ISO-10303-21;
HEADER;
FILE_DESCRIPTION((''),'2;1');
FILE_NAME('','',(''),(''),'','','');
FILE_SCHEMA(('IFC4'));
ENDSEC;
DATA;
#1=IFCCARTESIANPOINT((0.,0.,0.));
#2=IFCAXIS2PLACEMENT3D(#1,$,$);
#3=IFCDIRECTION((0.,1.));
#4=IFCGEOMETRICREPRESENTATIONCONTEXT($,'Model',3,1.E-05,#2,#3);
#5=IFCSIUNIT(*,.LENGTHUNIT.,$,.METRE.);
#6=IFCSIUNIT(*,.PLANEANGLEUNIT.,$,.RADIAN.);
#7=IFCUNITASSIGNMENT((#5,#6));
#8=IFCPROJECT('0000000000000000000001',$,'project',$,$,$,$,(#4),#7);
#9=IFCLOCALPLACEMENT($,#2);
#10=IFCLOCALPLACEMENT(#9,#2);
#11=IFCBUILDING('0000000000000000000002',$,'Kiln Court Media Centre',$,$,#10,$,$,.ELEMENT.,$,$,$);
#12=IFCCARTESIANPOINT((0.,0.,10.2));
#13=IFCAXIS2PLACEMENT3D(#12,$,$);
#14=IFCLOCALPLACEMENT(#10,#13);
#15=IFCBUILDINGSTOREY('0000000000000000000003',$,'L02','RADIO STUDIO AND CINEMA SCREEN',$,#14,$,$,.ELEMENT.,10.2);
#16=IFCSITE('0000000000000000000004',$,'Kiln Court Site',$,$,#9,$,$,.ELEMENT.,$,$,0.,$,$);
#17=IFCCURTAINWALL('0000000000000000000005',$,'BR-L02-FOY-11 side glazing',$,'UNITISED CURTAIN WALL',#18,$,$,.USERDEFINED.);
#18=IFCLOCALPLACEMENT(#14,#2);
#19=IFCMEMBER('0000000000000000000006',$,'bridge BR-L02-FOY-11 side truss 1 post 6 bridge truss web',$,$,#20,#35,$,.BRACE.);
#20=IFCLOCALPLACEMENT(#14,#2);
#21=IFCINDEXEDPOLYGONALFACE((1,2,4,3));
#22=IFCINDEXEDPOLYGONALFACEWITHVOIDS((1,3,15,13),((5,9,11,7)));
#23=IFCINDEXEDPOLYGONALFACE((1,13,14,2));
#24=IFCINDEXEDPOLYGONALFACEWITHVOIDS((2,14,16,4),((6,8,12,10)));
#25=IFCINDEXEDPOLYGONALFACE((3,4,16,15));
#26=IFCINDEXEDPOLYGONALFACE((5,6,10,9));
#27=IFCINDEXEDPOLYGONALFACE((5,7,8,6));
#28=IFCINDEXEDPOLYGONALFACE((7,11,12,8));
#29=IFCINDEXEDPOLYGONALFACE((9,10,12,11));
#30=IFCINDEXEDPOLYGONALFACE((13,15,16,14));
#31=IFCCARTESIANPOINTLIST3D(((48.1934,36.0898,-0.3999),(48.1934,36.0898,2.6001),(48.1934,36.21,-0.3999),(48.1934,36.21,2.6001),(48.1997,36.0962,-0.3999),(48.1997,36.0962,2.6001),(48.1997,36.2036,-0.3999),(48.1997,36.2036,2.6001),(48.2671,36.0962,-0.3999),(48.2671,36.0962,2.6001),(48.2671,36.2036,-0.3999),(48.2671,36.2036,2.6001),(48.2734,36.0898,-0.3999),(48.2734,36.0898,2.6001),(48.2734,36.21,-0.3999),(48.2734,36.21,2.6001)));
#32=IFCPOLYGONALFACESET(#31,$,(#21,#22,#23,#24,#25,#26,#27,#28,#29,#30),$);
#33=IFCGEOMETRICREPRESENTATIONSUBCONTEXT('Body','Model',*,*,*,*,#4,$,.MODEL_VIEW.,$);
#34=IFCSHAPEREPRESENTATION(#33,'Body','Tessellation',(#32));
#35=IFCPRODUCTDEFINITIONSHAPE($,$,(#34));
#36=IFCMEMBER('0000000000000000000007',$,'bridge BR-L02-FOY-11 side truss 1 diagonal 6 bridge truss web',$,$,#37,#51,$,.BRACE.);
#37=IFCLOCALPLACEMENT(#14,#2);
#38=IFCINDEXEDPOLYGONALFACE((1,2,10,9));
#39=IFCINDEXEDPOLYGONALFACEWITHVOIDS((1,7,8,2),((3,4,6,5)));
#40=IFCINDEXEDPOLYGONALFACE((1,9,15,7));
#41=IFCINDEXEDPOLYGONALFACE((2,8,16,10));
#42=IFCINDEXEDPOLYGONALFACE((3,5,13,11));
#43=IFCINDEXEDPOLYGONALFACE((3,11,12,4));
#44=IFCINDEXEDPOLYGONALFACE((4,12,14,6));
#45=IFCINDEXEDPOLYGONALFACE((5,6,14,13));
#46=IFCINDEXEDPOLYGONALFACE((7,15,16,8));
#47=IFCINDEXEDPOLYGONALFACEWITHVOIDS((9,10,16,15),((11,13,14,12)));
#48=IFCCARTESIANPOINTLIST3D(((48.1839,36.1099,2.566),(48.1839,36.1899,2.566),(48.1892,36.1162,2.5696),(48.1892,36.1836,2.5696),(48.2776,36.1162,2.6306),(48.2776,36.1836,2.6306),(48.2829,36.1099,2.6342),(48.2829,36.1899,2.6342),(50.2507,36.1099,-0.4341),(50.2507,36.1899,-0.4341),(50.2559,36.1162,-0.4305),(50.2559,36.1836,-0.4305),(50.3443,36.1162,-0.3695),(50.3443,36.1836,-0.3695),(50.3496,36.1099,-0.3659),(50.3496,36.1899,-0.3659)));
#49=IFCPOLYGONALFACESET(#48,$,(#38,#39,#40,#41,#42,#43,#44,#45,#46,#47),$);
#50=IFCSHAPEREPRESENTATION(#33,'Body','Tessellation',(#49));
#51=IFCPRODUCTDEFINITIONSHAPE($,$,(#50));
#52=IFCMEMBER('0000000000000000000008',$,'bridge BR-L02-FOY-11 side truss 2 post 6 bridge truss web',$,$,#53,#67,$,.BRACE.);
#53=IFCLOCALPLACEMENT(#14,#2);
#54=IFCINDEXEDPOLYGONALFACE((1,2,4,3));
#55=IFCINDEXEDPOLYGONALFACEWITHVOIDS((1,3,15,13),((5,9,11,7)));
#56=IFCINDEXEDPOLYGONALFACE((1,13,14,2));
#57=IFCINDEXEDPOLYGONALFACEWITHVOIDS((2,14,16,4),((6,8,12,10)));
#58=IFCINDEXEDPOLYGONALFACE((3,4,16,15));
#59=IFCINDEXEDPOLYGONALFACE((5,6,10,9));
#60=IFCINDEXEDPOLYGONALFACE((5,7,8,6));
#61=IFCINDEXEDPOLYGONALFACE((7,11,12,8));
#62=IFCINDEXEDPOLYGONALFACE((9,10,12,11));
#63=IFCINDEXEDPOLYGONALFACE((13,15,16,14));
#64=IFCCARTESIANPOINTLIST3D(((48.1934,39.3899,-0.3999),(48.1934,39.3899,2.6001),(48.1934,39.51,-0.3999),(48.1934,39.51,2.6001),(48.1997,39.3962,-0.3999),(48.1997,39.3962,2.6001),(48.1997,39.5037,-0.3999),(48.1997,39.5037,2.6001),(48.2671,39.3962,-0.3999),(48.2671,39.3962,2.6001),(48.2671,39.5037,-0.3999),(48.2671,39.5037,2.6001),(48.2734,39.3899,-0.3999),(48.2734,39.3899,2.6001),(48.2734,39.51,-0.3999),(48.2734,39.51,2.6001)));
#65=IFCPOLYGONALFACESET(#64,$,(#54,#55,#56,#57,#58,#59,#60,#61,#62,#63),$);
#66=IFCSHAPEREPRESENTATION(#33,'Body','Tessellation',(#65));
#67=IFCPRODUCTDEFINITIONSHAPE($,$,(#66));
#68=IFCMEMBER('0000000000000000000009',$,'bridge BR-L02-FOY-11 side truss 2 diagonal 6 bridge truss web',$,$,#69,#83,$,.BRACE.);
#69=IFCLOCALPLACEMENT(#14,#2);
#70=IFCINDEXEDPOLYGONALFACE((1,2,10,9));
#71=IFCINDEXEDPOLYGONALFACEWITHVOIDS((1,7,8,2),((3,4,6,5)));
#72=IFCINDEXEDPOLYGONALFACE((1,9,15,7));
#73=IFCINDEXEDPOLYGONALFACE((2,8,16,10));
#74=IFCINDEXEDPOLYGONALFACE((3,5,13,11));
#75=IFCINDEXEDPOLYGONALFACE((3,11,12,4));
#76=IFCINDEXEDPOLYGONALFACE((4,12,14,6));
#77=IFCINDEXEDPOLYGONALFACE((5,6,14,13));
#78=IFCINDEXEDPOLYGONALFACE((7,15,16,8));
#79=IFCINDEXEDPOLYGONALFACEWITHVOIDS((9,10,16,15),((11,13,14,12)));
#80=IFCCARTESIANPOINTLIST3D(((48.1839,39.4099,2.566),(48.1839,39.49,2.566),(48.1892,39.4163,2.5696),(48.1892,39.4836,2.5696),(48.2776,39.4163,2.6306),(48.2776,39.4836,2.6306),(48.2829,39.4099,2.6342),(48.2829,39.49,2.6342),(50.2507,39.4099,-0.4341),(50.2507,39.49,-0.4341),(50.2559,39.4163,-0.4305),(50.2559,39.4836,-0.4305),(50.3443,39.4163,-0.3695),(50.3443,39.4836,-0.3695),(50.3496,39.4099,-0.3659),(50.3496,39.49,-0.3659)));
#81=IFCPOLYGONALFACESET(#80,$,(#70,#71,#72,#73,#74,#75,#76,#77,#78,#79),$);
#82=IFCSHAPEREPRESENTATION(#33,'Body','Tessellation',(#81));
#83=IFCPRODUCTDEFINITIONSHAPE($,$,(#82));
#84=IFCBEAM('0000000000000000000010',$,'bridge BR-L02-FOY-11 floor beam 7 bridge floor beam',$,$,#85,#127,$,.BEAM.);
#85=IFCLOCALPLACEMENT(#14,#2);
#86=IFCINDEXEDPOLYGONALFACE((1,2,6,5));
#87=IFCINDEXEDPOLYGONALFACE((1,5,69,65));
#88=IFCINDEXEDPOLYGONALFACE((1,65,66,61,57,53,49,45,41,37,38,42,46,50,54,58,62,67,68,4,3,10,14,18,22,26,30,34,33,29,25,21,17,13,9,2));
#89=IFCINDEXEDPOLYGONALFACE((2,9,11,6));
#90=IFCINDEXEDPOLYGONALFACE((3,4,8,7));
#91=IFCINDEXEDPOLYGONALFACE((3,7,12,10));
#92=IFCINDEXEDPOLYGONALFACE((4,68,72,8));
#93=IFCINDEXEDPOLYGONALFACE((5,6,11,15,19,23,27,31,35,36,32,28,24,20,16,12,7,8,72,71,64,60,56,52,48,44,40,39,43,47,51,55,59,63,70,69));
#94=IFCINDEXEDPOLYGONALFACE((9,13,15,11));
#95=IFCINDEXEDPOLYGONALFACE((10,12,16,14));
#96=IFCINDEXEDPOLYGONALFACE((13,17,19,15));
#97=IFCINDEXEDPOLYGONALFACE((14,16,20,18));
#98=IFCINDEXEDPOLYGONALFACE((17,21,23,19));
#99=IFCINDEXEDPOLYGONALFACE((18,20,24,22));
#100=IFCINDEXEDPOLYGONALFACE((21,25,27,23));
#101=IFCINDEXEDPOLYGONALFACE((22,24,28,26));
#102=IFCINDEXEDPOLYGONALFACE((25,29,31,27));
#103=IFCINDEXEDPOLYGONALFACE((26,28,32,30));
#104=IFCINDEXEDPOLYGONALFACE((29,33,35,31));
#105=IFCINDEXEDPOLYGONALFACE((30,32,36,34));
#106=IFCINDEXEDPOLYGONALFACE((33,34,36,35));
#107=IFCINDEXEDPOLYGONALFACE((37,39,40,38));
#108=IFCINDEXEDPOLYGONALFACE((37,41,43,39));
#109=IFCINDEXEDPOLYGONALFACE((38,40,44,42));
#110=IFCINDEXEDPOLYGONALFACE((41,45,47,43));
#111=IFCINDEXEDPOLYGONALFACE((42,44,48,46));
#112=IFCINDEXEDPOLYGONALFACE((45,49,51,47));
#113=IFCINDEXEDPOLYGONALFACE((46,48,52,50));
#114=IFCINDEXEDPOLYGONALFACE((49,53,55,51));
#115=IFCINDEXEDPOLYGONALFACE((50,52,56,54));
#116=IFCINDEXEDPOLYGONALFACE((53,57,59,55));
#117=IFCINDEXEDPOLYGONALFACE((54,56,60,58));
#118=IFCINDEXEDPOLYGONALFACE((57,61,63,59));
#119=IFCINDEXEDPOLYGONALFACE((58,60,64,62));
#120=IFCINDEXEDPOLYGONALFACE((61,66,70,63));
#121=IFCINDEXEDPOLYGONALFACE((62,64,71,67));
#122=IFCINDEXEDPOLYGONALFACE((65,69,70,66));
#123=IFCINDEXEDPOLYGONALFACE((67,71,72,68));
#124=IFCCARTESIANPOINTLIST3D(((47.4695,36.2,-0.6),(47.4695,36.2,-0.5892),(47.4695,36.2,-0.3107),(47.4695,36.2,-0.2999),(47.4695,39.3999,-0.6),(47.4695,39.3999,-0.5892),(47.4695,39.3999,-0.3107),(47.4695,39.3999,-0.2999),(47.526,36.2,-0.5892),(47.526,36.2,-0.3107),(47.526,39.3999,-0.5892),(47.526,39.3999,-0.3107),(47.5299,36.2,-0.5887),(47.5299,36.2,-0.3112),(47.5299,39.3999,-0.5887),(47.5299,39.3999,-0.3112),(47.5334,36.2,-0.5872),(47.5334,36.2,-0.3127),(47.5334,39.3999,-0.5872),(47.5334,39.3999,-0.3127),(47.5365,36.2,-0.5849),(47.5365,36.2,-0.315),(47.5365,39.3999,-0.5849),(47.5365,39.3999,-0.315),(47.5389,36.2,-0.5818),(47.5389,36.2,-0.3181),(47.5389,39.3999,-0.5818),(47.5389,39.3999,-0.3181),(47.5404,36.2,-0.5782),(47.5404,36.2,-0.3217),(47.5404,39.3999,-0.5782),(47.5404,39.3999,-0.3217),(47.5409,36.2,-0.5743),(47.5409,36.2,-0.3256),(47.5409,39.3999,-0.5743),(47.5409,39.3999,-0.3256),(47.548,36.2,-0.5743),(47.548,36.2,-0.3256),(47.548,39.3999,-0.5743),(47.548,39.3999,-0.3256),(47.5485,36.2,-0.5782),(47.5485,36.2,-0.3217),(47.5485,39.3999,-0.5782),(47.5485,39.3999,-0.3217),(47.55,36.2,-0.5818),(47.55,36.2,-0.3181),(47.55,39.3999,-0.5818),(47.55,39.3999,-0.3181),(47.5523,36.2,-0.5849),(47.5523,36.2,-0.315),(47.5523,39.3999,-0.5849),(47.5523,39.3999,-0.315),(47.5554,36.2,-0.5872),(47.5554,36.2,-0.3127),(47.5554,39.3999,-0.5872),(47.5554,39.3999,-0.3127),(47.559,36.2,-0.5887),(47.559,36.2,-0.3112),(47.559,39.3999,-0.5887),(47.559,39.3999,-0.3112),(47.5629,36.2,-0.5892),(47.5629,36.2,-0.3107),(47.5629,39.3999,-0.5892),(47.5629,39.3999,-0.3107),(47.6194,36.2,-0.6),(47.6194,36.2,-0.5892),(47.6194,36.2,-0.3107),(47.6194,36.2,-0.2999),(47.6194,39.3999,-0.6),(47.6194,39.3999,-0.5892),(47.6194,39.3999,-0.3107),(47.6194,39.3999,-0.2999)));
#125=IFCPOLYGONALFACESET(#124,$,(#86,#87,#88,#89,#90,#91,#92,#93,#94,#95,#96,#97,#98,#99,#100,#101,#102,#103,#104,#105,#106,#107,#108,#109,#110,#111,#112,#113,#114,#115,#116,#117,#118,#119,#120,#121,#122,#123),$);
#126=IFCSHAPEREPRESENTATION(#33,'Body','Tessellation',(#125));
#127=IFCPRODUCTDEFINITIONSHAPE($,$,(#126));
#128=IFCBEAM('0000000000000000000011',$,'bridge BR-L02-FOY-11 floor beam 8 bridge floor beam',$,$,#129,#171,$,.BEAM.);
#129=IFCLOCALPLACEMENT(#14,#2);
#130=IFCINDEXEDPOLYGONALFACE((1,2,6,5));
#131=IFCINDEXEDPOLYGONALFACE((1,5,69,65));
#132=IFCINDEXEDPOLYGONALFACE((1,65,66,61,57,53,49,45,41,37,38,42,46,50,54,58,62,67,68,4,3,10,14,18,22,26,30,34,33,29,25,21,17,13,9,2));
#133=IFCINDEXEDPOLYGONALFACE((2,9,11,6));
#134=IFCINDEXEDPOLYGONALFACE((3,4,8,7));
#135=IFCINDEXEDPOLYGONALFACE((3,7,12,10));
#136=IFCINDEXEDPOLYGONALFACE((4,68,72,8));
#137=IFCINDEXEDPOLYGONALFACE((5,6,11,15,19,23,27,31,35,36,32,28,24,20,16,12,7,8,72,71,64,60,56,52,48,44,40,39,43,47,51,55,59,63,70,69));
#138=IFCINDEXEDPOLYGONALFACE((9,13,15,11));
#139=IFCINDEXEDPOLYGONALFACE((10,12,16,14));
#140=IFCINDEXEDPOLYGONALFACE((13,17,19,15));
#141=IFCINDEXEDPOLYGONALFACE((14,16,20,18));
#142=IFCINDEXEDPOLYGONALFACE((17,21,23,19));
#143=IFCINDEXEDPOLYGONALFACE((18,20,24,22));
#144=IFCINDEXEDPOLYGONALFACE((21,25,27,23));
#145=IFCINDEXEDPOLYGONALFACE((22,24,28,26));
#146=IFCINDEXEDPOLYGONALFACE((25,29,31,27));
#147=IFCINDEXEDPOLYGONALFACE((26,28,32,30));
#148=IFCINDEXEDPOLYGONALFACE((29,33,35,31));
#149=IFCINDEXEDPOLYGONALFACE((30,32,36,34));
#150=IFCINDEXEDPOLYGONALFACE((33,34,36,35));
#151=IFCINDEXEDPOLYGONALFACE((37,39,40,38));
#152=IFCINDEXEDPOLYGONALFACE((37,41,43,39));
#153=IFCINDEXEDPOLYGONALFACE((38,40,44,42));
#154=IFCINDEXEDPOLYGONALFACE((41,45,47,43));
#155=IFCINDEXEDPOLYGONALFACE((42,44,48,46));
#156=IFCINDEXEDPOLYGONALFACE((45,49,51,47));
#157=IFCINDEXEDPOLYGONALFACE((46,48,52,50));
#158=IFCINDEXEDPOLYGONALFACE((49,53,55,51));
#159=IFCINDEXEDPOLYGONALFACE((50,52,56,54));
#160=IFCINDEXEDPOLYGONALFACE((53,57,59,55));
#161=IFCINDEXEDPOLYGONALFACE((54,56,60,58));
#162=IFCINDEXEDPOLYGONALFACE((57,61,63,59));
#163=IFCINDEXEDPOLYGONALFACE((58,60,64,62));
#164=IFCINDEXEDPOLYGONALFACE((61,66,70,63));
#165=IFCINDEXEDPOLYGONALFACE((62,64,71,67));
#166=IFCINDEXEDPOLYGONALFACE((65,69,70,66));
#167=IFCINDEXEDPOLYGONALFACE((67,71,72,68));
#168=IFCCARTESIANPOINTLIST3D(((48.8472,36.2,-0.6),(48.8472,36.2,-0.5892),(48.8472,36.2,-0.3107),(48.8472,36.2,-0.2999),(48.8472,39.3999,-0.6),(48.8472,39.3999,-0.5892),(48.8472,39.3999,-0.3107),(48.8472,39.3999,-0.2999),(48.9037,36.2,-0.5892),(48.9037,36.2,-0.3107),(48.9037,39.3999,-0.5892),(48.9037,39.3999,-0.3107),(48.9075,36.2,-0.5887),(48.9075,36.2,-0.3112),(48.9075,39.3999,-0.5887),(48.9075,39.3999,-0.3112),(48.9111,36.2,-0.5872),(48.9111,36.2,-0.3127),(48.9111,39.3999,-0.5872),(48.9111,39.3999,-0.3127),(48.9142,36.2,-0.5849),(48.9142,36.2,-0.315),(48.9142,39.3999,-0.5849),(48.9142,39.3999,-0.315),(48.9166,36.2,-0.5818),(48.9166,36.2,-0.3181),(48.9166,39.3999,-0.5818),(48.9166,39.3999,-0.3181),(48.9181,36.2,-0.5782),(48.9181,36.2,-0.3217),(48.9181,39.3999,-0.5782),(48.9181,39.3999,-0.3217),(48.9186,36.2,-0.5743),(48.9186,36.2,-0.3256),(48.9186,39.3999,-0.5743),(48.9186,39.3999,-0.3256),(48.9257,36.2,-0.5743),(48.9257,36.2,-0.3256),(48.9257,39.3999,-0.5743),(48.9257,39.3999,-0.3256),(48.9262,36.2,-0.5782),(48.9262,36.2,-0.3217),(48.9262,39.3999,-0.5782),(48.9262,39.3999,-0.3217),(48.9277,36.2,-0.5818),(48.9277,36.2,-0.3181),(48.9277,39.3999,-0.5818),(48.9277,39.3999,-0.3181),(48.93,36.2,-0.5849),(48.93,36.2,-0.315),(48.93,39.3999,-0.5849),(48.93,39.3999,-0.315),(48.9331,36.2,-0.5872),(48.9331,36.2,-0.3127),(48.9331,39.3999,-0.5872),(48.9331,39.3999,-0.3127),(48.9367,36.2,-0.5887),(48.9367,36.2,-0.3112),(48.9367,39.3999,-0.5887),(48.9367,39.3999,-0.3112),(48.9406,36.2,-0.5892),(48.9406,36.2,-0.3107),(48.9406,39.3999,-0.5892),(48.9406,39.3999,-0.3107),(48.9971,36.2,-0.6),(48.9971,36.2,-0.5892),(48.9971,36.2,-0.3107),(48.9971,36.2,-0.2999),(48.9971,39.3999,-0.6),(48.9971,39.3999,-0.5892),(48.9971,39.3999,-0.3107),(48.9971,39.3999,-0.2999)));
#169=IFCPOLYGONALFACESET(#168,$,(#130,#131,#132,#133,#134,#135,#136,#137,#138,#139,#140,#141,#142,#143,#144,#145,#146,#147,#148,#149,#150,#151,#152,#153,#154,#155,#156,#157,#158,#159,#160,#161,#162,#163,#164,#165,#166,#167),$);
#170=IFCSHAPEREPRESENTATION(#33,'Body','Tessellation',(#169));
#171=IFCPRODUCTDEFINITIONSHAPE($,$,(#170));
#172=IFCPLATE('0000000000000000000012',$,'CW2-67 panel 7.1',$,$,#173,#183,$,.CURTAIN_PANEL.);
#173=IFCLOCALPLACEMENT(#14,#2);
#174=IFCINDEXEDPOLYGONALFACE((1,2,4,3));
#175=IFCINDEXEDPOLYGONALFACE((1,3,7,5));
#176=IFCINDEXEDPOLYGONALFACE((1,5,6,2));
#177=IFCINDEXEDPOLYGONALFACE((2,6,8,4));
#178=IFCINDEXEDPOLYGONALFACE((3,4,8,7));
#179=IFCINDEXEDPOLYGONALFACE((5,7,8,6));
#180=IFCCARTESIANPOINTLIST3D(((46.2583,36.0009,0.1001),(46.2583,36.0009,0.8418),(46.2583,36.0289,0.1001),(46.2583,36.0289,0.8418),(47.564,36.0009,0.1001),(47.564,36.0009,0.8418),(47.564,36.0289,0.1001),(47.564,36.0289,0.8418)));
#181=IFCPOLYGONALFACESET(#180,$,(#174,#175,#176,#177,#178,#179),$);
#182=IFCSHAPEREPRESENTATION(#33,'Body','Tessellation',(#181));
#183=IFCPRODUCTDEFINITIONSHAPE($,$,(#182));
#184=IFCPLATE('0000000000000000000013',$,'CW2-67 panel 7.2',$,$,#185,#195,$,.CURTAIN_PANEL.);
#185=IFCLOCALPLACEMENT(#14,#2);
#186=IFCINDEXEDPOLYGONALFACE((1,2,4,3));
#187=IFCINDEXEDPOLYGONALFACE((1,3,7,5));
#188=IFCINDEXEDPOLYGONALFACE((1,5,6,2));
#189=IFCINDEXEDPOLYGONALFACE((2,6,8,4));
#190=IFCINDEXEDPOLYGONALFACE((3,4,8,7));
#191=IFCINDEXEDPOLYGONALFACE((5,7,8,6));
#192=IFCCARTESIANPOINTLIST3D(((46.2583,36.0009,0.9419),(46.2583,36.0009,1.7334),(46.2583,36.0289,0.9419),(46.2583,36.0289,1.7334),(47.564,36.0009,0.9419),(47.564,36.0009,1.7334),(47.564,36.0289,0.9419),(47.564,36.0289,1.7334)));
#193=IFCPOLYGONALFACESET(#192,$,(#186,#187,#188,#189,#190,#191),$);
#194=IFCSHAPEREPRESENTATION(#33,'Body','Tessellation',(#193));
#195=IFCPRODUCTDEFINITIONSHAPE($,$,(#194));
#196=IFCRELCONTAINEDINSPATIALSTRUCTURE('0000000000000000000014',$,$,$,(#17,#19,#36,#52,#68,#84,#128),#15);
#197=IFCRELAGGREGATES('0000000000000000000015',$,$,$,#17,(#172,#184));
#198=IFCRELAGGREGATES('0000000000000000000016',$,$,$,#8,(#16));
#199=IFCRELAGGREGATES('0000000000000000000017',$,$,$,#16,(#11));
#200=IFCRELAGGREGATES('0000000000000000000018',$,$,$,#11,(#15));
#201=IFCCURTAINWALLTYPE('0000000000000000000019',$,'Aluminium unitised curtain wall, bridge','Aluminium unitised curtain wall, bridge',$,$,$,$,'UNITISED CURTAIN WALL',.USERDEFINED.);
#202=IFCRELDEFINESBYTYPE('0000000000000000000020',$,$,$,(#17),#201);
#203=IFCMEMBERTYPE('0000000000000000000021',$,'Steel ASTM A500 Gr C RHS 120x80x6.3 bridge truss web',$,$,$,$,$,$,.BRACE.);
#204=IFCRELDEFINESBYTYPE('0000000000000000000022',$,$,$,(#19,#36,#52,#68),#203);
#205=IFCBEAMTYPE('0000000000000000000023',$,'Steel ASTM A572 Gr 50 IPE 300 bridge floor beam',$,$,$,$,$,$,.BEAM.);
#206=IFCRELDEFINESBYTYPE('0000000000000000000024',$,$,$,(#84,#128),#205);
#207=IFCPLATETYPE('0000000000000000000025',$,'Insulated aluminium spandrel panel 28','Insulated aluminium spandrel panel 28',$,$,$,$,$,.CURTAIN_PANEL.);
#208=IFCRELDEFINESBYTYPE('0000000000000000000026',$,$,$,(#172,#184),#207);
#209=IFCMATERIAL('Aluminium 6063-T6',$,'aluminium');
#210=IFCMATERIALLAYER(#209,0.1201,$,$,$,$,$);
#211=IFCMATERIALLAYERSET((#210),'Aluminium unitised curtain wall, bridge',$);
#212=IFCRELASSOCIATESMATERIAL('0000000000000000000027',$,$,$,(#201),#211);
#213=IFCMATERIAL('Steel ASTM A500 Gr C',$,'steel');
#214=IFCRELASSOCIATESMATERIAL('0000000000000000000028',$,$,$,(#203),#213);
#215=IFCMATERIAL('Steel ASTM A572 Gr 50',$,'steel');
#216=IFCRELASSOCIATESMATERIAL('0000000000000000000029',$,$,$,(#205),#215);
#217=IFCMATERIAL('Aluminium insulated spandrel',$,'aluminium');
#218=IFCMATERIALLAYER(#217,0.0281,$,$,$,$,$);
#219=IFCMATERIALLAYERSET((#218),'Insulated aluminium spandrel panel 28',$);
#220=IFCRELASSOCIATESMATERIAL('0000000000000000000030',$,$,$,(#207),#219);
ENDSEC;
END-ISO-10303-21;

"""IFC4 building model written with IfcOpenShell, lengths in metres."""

from ifc_helpers import new_model, si_unit, direction, frame, origin, origin_2d, place, context, subcontext, project, spatial, rectangle, hollow_rectangle, i_section, extrude, material, layer, layer_set, material_profile, profile_set, type_object, element, aggregate, save


model = new_model("IFC4")

# Units and contexts
model_context = context("Model", 3, precision=1e-05, world=origin(), true_north=direction((0.0, 1.0)))
body_context = subcontext(model_context, "Body", "Model", "MODEL_VIEW")
ifc_project = project(units=[si_unit("LENGTHUNIT", "METRE"), si_unit("PLANEANGLEUNIT", "RADIAN")], contexts=[model_context])

# Site, building, storey
site_placement = place(None, origin())
site = spatial("IfcSite", under=ifc_project, at=site_placement, Name="Kiln Court Site", CompositionType="ELEMENT", RefElevation=0.0)
building_placement = place(site_placement, origin())
building = spatial("IfcBuilding", under=site, at=building_placement, Name="Kiln Court Media Centre", CompositionType="ELEMENT")
storey_placement = place(building_placement, frame((0.0, 0.0, 10.2)))
storey = spatial("IfcBuildingStorey", under=building, at=storey_placement, Name="L02", Description="RADIO STUDIO AND CINEMA SCREEN", CompositionType="ELEMENT", Elevation=10.2)

# Curtain wall
ifc_material_1 = material(Name="Aluminium 6063-T6", Category="aluminium")
ifc_layer_1 = layer(ifc_material_1, 0.1201)
ifc_layer_set_1 = layer_set([ifc_layer_1], Name="Aluminium unitised curtain wall, bridge")
curtain_wall_type = type_object("IfcCurtainWallType", Name="Aluminium unitised curtain wall, bridge", Description="Aluminium unitised curtain wall, bridge", ElementType="UNITISED CURTAIN WALL", PredefinedType="USERDEFINED", material=ifc_layer_set_1)
curtain_wall_placement = place(storey_placement, origin())
curtain_wall = element("IfcCurtainWall", 1, at=curtain_wall_placement, inside=storey, type_object=curtain_wall_type, Name="BR-L02-FOY-11 side glazing", ObjectType="UNITISED CURTAIN WALL", PredefinedType="USERDEFINED")

# Members
ifc_material_2 = material(Name="Steel ASTM A500 Gr C", Category="steel")
ifc_material_profile_1 = material_profile(ifc_material_2, hollow_rectangle(XDim=0.0801, YDim=0.1201, WallThickness=0.0063, at=origin_2d()), Name="RHS 120x80x6.3")
ifc_profile_set_1 = profile_set([ifc_material_profile_1], Name="Steel ASTM A500 Gr C")
member_type_1 = type_object("IfcMemberType", Name="Steel ASTM A500 Gr C RHS 120x80x6.3 bridge truss web", PredefinedType="BRACE", material=ifc_profile_set_1)
member_1_placement = place(storey_placement, frame((48.2334, 36.1499, -0.3999), z_axis=(0.0, 0.0, 1.0), x_axis=(1.0, 0.0, 0.0)))
element("IfcMember", 2, at=member_1_placement, inside=storey, type_object=member_type_1, Name="bridge BR-L02-FOY-11 side truss 1 post 6 bridge truss web", PredefinedType="BRACE", context=body_context, shape_type="SweptSolid", body=[
    extrude(hollow_rectangle(XDim=0.0801, YDim=0.1201, WallThickness=0.0063, at=origin_2d()), origin(), (0.0, 0.0, 1.0), 3.0),
])
member_2_placement = place(storey_placement, frame((48.2334, 36.1499, 2.6001), z_axis=(0.567302, 0.0, -0.82351), x_axis=(0.0, 1.0, 0.0)))
element("IfcMember", 3, at=member_2_placement, inside=storey, type_object=member_type_1, Name="bridge BR-L02-FOY-11 side truss 1 diagonal 6 bridge truss web", PredefinedType="BRACE", context=body_context, shape_type="SweptSolid", body=[
    extrude(hollow_rectangle(XDim=0.0801, YDim=0.1201, WallThickness=0.0063, at=origin_2d()), origin(), (0.0, 0.0, 1.0), 3.6431),
])
member_3_placement = place(storey_placement, frame((48.2334, 39.45, -0.3999), z_axis=(0.0, 0.0, 1.0), x_axis=(1.0, 0.0, 0.0)))
element("IfcMember", 4, at=member_3_placement, inside=storey, type_object=member_type_1, Name="bridge BR-L02-FOY-11 side truss 2 post 6 bridge truss web", PredefinedType="BRACE", context=body_context, shape_type="SweptSolid", body=[
    extrude(hollow_rectangle(XDim=0.0801, YDim=0.1201, WallThickness=0.0063, at=origin_2d()), origin(), (0.0, 0.0, 1.0), 3.0),
])
member_4_placement = place(storey_placement, frame((48.2334, 39.45, 2.6001), z_axis=(0.567302, 0.0, -0.82351), x_axis=(0.0, 1.0, 0.0)))
element("IfcMember", 5, at=member_4_placement, inside=storey, type_object=member_type_1, Name="bridge BR-L02-FOY-11 side truss 2 diagonal 6 bridge truss web", PredefinedType="BRACE", context=body_context, shape_type="SweptSolid", body=[
    extrude(hollow_rectangle(XDim=0.0801, YDim=0.1201, WallThickness=0.0063, at=origin_2d()), origin(), (0.0, 0.0, 1.0), 3.6431),
])

# Beams
ifc_material_3 = material(Name="Steel ASTM A572 Gr 50", Category="steel")
ifc_material_profile_2 = material_profile(ifc_material_3, i_section(OverallWidth=0.1499, OverallDepth=0.3, WebThickness=0.0071, FlangeThickness=0.0107, FilletRadius=0.0149, at=origin_2d()), Name="IPE 300")
ifc_profile_set_2 = profile_set([ifc_material_profile_2], Name="Steel ASTM A572 Gr 50")
beam_type = type_object("IfcBeamType", Name="Steel ASTM A572 Gr 50 IPE 300 bridge floor beam", PredefinedType="BEAM", material=ifc_profile_set_2)
for number, where, z_axis, x_axis, name in (
    (6, (47.5444, 36.2, -0.45), (0.0, 1.0, 0.0), (-1.0, 0.0, 0.0), "bridge BR-L02-FOY-11 floor beam 7 bridge floor beam"),
    (7, (48.9221, 36.2, -0.45), (0.0, 1.0, 0.0), (-1.0, 0.0, 0.0), "bridge BR-L02-FOY-11 floor beam 8 bridge floor beam"),
):
    element("IfcBeam", number, at=place(storey_placement, frame(where, z_axis=z_axis, x_axis=x_axis)), inside=storey, type_object=beam_type, Name=name, PredefinedType="BEAM", context=body_context, shape_type="SweptSolid", body=[
        extrude(i_section(OverallWidth=0.1499, OverallDepth=0.3, WebThickness=0.0071, FlangeThickness=0.0107, FilletRadius=0.0149, at=origin_2d()), origin(), (0.0, 0.0, 1.0), 3.2),
    ])

# Plates
ifc_material_4 = material(Name="Aluminium insulated spandrel", Category="aluminium")
ifc_layer_2 = layer(ifc_material_4, 0.0281)
ifc_layer_set_2 = layer_set([ifc_layer_2], Name="Insulated aluminium spandrel panel 28")
plate_type_1 = type_object("IfcPlateType", Name="Insulated aluminium spandrel panel 28", Description="Insulated aluminium spandrel panel 28", PredefinedType="CURTAIN_PANEL", material=ifc_layer_set_2)
plate_1_placement = place(storey_placement, frame((46.9111, 36.0149, 0.1001), z_axis=(0.0, 0.0, 1.0), x_axis=(1.0, 0.0, 0.0)))
plate_1 = element("IfcPlate", 8, at=plate_1_placement, type_object=plate_type_1, Name="CW2-67 panel 7.1", PredefinedType="CURTAIN_PANEL", context=body_context, shape_type="SweptSolid", body=[
    extrude(rectangle(XDim=1.3057, YDim=0.0281, at=origin_2d()), origin(), (0.0, 0.0, 1.0), 0.7417),
])
plate_2_placement = place(storey_placement, frame((46.9111, 36.0149, 0.9419), z_axis=(0.0, 0.0, 1.0), x_axis=(1.0, 0.0, 0.0)))
plate_2 = element("IfcPlate", 9, at=plate_2_placement, type_object=plate_type_1, Name="CW2-67 panel 7.2", PredefinedType="CURTAIN_PANEL", context=body_context, shape_type="SweptSolid", body=[
    extrude(rectangle(XDim=1.3057, YDim=0.0281, at=origin_2d()), origin(), (0.0, 0.0, 1.0), 0.7915),
])
aggregate(curtain_wall, [plate_1, plate_2])

save(model, "model.ifc")
